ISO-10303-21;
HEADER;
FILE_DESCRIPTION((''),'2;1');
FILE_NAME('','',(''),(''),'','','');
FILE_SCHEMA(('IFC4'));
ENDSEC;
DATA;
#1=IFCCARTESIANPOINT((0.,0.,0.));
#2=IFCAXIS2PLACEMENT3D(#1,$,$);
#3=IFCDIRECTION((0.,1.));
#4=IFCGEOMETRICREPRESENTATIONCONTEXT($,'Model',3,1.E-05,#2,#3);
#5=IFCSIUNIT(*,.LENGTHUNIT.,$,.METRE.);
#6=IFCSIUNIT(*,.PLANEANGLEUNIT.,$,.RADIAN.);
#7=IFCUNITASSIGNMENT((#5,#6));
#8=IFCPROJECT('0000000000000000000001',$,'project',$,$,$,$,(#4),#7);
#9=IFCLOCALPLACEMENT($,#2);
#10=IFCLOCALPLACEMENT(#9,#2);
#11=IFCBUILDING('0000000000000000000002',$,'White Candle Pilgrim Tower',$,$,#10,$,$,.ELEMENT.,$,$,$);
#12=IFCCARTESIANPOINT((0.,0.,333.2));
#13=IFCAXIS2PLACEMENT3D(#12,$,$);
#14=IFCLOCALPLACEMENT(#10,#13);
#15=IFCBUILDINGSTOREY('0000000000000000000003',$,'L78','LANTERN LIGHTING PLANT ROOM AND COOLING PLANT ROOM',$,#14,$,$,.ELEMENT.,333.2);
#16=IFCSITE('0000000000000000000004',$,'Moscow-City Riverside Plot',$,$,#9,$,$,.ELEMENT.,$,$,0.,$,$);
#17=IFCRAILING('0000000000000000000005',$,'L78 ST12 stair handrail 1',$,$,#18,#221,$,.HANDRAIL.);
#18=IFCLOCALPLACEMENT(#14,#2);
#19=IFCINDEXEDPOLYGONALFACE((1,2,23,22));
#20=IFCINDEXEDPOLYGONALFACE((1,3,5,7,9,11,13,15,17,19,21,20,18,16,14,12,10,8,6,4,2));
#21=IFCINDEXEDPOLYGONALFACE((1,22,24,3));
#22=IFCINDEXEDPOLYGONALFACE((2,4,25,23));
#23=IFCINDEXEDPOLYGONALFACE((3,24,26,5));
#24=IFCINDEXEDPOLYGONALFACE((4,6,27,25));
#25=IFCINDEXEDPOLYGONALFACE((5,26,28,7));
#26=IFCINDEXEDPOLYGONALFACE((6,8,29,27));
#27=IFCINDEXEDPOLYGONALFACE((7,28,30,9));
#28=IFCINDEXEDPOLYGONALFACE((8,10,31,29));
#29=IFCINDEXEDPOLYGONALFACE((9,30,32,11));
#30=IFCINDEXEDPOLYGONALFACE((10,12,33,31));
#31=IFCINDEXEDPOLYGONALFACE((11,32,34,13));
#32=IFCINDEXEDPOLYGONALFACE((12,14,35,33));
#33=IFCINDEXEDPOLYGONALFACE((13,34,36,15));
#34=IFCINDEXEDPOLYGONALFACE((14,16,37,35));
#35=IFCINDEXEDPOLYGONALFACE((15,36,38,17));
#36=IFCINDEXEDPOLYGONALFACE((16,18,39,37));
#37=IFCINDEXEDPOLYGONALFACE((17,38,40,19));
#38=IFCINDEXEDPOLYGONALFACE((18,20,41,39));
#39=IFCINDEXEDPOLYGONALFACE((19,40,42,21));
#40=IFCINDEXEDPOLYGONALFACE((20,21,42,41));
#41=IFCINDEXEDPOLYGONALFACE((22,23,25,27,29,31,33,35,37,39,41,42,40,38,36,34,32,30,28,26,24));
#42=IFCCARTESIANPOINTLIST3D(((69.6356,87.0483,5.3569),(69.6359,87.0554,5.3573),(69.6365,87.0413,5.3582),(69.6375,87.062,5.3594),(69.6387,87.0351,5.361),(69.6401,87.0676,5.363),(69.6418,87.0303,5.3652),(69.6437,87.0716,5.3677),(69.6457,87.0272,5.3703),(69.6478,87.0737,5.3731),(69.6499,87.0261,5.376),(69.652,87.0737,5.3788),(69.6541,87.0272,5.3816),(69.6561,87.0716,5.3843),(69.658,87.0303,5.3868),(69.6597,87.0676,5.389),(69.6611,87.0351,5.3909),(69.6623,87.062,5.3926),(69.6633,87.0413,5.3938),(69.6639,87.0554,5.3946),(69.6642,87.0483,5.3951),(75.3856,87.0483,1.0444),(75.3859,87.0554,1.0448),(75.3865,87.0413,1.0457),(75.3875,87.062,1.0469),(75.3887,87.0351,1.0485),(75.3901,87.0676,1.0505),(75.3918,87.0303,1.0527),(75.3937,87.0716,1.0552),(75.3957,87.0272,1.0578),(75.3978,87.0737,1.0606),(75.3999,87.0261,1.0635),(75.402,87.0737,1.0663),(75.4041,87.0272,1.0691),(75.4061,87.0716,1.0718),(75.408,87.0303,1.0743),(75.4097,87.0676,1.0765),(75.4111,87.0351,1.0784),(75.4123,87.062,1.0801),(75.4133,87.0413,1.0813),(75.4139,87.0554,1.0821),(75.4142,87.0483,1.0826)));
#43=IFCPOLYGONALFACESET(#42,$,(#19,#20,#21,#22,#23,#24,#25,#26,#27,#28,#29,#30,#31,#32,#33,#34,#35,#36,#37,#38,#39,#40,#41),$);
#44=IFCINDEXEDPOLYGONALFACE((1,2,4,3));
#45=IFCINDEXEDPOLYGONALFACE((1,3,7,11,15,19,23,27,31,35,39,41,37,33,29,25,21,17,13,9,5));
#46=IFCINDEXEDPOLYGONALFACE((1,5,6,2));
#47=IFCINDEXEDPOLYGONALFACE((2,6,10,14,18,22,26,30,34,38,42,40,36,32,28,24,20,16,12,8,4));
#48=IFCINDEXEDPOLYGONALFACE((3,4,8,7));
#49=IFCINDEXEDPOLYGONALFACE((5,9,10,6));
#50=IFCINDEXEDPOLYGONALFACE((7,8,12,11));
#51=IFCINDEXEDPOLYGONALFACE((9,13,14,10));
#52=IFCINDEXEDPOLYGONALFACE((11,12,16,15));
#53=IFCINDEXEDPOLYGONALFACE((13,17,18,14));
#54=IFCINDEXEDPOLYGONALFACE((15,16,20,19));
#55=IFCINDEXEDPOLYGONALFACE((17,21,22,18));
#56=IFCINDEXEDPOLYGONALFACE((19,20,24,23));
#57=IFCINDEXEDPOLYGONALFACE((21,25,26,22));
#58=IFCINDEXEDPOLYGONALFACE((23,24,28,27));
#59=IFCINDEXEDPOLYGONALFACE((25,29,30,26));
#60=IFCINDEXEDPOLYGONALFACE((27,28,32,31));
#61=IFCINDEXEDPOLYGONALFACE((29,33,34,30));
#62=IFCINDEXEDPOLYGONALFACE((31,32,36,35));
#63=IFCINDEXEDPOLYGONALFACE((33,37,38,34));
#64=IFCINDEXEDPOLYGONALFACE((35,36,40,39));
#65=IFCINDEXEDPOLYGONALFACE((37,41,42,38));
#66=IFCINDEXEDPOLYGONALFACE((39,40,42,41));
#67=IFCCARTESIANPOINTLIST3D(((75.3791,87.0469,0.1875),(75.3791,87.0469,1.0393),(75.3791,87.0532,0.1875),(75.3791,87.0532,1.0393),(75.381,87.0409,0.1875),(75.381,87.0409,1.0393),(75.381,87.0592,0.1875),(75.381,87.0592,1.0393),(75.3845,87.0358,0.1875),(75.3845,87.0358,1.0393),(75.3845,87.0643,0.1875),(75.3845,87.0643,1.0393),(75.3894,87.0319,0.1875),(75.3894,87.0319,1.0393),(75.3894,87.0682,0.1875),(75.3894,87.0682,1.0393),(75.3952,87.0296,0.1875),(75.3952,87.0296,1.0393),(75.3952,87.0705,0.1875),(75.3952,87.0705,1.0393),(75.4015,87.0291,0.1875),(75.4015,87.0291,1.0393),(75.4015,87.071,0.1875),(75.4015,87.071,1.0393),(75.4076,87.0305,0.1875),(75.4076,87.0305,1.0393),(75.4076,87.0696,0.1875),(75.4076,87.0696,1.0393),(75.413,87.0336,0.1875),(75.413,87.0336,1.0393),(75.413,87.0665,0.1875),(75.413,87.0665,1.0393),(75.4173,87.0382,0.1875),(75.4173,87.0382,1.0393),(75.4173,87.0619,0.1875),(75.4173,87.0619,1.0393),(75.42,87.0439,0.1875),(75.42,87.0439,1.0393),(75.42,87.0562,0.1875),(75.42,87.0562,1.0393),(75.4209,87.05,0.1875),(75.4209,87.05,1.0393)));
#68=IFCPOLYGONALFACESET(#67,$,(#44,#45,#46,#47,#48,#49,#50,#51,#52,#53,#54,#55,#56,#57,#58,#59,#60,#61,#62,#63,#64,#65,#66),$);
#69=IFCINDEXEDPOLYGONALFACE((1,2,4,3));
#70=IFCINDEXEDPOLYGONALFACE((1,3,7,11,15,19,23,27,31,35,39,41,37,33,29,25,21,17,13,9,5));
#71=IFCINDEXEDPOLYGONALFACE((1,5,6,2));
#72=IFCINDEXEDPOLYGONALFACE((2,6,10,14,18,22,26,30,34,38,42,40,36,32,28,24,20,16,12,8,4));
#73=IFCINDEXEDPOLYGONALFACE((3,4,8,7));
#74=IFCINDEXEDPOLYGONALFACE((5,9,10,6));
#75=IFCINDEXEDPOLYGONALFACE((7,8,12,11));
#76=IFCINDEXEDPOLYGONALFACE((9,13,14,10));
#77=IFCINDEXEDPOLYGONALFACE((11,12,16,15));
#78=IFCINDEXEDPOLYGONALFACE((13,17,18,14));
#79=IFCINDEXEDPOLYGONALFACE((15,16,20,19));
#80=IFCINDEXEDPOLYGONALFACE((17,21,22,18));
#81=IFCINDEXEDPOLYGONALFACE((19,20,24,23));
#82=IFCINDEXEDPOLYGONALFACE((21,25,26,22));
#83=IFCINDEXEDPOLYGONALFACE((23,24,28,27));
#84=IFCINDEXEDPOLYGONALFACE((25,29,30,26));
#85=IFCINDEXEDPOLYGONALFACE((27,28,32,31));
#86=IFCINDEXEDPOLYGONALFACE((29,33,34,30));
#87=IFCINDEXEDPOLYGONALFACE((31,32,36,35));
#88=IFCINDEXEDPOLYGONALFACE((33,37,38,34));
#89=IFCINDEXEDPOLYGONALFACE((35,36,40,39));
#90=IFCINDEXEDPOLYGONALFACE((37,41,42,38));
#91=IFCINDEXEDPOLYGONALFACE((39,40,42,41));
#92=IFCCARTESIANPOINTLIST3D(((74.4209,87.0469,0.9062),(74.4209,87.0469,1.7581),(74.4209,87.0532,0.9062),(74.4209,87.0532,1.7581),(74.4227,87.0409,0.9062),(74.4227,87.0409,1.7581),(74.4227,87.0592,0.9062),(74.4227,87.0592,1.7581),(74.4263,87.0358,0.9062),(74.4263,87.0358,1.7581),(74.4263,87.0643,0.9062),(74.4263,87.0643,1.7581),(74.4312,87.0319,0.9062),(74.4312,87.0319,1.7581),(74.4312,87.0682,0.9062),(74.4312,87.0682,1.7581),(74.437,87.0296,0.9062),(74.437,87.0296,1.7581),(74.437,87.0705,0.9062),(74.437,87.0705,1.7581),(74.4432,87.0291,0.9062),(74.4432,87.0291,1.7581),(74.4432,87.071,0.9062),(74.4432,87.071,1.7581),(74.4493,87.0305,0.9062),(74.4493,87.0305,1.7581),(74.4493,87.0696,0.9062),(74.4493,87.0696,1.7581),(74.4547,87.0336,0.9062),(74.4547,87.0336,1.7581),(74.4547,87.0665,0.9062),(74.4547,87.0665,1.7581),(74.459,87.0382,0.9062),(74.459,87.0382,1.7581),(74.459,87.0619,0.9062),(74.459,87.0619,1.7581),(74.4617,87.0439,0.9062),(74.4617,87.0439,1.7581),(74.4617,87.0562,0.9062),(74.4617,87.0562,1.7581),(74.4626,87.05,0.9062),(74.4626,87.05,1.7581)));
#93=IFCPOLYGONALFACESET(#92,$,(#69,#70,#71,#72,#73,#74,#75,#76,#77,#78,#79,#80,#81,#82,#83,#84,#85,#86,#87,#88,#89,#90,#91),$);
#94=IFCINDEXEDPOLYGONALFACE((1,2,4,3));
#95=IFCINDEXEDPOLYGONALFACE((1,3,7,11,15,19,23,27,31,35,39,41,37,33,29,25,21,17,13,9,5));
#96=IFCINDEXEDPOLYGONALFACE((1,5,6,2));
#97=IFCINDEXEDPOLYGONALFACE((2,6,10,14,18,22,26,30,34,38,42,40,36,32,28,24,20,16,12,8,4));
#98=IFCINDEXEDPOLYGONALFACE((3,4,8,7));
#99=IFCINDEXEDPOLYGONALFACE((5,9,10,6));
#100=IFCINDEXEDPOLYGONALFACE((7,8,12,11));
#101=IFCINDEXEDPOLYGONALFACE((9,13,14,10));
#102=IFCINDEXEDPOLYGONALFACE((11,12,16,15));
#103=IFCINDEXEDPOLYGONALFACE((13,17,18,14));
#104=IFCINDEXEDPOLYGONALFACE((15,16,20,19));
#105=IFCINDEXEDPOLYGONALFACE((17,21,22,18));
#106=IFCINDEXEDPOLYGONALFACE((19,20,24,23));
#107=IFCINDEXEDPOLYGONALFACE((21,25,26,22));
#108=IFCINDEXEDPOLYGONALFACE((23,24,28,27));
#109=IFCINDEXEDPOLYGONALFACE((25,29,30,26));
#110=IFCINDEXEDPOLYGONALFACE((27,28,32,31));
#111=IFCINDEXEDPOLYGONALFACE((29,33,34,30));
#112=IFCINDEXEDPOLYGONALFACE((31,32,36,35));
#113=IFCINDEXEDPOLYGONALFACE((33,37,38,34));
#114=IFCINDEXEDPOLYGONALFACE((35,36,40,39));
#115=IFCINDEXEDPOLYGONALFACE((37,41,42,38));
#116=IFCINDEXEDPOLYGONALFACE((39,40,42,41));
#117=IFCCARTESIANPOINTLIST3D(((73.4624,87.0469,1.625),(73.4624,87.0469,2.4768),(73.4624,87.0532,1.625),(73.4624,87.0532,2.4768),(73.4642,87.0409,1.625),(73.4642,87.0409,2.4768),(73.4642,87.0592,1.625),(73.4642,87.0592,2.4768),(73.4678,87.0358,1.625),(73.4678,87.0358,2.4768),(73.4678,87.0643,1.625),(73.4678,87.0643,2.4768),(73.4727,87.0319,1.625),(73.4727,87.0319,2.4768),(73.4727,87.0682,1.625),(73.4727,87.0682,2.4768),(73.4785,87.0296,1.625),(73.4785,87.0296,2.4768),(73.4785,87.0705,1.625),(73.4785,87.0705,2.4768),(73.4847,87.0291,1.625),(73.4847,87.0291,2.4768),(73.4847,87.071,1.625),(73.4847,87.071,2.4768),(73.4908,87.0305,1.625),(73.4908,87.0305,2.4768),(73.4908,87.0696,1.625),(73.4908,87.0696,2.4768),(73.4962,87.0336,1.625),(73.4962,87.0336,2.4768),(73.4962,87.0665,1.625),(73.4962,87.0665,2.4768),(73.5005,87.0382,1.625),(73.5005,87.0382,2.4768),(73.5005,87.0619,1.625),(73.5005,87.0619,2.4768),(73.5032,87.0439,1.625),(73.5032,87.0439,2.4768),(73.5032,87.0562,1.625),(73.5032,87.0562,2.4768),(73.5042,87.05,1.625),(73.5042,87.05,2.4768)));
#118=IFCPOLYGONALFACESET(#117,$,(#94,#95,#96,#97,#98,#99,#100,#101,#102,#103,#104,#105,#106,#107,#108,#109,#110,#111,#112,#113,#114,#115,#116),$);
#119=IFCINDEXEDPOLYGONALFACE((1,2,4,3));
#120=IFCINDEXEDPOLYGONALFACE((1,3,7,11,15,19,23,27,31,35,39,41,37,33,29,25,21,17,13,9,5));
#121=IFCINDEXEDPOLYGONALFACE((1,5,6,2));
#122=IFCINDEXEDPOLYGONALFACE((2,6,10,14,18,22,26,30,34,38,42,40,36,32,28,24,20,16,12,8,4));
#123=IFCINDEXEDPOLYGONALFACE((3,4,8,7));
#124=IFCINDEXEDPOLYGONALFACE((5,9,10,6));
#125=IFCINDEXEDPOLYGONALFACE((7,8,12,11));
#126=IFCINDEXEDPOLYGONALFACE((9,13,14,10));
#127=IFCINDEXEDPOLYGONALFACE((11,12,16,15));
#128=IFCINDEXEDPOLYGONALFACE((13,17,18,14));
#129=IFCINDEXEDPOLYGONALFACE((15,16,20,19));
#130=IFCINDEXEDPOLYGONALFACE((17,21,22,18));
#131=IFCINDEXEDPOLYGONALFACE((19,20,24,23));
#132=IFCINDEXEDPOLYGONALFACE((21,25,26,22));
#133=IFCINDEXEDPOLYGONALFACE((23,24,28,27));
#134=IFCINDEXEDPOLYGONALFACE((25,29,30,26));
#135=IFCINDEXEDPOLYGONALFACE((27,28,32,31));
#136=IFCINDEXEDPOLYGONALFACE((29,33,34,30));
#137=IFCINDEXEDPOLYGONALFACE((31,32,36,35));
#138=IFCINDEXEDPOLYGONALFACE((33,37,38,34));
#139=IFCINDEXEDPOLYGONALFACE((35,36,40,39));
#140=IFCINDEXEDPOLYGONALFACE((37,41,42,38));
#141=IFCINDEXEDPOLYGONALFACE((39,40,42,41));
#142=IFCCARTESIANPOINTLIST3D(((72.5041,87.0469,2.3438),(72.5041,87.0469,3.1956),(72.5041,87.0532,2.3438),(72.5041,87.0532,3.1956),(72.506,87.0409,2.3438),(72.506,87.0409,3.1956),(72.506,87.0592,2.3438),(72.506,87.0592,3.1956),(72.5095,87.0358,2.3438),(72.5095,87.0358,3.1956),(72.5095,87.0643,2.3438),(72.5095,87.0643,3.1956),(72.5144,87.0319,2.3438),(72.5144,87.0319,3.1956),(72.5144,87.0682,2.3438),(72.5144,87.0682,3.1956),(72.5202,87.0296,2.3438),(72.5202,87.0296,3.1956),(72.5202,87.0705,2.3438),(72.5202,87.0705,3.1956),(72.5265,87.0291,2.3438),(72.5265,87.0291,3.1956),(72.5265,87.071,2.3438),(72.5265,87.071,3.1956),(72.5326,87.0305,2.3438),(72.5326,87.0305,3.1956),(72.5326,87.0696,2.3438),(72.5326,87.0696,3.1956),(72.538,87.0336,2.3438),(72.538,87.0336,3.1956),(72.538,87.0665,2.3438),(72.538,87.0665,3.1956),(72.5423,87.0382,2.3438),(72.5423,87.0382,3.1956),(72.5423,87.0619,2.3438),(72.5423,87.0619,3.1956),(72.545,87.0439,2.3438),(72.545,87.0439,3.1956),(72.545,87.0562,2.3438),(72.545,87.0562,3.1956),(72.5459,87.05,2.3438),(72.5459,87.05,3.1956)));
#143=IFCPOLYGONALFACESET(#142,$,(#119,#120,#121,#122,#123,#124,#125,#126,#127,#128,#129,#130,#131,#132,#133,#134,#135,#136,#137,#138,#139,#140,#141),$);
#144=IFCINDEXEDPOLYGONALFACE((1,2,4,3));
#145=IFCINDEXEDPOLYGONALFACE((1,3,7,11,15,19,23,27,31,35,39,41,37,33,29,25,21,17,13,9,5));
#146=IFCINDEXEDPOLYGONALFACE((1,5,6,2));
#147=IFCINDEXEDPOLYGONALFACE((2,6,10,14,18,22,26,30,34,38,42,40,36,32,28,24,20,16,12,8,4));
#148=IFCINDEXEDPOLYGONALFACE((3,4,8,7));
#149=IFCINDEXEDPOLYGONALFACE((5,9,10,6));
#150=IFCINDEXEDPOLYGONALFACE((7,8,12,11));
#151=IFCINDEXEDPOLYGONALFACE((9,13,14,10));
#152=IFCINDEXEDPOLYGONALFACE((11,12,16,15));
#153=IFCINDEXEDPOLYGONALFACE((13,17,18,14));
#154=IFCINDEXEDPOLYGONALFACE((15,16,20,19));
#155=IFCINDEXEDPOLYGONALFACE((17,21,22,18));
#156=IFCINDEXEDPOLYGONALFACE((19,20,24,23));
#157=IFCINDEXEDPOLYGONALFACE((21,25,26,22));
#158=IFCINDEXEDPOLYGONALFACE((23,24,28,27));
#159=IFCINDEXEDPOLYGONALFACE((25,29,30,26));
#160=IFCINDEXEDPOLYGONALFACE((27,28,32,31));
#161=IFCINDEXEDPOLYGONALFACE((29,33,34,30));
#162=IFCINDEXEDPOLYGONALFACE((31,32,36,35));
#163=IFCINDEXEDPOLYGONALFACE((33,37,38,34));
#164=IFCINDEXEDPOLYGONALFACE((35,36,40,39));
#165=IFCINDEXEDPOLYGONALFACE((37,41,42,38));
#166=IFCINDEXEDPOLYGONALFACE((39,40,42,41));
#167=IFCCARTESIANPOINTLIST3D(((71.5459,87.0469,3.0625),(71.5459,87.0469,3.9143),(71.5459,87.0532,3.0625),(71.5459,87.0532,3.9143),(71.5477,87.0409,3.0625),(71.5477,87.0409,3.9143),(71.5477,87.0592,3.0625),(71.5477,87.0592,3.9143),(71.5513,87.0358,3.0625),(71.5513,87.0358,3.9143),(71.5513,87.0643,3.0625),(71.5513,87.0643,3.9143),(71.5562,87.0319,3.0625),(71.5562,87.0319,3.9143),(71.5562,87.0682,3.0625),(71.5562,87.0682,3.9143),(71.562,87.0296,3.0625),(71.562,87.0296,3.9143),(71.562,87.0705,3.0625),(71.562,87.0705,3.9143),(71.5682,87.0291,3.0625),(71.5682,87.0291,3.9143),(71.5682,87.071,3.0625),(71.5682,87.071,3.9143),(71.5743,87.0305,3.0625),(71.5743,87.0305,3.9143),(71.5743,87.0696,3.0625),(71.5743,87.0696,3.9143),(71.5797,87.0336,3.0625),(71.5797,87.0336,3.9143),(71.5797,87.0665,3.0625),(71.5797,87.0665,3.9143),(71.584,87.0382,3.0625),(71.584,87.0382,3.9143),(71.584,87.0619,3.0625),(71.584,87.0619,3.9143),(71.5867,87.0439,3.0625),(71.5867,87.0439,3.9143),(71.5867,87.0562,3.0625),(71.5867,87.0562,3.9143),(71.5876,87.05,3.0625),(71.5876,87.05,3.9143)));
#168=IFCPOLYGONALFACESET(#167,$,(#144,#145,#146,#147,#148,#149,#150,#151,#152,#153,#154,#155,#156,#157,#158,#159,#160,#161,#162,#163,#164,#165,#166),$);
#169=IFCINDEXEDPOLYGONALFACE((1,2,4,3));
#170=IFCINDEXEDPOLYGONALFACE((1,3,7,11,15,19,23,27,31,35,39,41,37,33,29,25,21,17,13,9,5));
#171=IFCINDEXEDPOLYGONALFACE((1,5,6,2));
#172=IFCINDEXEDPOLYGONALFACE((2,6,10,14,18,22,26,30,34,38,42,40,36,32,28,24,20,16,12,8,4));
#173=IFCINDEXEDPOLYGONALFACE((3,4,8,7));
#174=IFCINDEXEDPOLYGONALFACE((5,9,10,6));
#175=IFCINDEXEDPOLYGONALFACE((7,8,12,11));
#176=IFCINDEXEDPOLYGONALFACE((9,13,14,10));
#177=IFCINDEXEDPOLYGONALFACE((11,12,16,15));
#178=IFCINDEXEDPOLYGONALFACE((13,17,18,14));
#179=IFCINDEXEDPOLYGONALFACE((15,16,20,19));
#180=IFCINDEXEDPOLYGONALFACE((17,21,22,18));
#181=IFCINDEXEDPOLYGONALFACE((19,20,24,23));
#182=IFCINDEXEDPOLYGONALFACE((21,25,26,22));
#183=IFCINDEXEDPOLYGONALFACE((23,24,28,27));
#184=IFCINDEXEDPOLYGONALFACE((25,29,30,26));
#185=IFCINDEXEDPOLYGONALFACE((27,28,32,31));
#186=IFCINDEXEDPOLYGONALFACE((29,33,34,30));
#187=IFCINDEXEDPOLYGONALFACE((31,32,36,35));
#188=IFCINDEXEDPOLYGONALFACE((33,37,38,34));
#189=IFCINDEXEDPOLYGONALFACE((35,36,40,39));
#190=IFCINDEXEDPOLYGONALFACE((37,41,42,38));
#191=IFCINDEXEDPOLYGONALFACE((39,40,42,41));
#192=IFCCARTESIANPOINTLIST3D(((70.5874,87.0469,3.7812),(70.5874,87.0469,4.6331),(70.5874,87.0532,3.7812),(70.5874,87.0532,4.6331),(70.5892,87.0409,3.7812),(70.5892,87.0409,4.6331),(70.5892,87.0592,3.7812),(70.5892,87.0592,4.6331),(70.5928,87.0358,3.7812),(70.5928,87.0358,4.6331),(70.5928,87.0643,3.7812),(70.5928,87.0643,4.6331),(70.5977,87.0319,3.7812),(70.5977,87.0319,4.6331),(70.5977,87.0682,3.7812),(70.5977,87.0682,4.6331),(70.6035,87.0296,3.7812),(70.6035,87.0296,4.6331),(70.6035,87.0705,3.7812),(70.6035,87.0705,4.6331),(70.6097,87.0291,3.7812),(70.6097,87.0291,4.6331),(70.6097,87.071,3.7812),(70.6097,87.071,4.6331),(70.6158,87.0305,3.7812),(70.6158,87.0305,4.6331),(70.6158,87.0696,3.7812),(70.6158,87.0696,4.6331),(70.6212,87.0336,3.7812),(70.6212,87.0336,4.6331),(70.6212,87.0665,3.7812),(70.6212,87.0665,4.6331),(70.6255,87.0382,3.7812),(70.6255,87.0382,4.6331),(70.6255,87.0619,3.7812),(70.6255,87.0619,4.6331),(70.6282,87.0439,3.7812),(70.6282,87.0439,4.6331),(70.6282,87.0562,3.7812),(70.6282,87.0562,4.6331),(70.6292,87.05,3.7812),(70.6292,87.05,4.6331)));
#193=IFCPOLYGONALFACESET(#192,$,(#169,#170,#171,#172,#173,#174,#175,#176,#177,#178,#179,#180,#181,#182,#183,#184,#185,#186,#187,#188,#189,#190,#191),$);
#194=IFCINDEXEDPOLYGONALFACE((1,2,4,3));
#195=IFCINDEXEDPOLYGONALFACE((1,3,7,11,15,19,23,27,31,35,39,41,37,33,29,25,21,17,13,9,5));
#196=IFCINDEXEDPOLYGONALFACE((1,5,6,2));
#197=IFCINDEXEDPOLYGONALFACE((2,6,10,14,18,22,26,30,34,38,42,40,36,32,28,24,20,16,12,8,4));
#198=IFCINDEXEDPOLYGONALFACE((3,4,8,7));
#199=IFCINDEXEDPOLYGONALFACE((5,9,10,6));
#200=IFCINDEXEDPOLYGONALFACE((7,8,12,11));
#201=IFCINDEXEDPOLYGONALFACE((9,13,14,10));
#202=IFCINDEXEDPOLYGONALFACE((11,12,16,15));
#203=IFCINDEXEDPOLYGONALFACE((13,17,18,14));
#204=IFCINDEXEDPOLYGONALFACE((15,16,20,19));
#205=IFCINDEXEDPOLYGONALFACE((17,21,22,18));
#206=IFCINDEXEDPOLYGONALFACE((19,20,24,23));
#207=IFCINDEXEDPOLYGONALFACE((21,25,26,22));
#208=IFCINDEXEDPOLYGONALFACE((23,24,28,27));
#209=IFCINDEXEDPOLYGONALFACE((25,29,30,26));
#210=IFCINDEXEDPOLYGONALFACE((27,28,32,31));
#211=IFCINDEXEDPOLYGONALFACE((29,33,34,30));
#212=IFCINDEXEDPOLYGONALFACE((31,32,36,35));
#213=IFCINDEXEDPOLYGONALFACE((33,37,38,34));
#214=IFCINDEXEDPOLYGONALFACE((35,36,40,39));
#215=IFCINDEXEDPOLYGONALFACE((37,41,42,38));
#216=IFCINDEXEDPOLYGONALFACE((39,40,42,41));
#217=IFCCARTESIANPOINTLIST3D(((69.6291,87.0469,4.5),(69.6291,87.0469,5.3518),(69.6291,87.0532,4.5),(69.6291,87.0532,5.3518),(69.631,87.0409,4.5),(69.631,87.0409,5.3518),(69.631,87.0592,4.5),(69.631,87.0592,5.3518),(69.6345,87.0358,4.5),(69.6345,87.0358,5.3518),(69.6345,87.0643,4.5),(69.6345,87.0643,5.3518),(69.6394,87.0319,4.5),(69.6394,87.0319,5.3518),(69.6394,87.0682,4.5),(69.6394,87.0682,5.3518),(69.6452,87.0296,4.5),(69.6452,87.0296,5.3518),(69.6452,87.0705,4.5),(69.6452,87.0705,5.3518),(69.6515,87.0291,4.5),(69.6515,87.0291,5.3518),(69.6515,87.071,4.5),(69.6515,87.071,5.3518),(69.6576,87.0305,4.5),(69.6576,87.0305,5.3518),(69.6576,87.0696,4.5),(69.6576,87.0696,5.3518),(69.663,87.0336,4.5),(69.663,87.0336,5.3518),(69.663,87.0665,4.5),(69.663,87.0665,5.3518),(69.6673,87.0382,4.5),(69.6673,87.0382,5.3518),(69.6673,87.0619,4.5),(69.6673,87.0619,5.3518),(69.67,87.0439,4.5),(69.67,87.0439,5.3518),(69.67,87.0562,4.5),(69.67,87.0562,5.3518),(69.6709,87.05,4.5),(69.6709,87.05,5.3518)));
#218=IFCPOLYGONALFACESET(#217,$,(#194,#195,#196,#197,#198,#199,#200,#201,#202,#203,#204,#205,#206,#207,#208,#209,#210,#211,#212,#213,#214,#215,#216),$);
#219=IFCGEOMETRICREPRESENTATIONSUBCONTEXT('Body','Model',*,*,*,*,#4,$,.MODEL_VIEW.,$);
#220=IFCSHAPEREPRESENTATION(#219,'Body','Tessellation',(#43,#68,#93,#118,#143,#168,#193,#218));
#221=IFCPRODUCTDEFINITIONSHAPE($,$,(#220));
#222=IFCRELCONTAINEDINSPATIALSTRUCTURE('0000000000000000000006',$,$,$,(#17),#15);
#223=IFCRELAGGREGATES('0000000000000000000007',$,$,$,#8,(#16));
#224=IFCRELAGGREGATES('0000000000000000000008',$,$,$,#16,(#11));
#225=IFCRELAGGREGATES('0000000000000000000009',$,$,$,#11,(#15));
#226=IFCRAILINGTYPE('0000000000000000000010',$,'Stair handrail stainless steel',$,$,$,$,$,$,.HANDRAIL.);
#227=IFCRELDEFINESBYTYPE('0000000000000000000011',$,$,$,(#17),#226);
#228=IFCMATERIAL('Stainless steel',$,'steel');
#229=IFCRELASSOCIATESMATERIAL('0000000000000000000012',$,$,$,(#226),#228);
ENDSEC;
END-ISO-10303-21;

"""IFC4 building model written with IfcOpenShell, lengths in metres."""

from ifc_helpers import new_model, si_unit, direction, frame, origin, origin_2d, place, context, subcontext, project, spatial, circle, extrude, material, type_object, element, save


model = new_model("IFC4")

# Units and contexts
model_context = context("Model", 3, precision=1e-05, world=origin(), true_north=direction((0.0, 1.0)))
body_context = subcontext(model_context, "Body", "Model", "MODEL_VIEW")
ifc_project = project(units=[si_unit("LENGTHUNIT", "METRE"), si_unit("PLANEANGLEUNIT", "RADIAN")], contexts=[model_context])

# Site, building, storey
site_placement = place(None, origin())
site = spatial("IfcSite", under=ifc_project, at=site_placement, Name="Moscow-City Riverside Plot", CompositionType="ELEMENT", RefElevation=0.0)
building_placement = place(site_placement, origin())
building = spatial("IfcBuilding", under=site, at=building_placement, Name="White Candle Pilgrim Tower", CompositionType="ELEMENT")
storey_placement = place(building_placement, frame((0.0, 0.0, 333.2)))
storey = spatial("IfcBuildingStorey", under=building, at=storey_placement, Name="L78", Description="LANTERN LIGHTING PLANT ROOM AND COOLING PLANT ROOM", CompositionType="ELEMENT", Elevation=333.2)

# Railing
ifc_material_1 = material(Name="Stainless steel", Category="steel")
railing_type = type_object("IfcRailingType", Name="Stair handrail stainless steel", PredefinedType="HANDRAIL", material=ifc_material_1)
railing_1_placement = place(storey_placement, frame((75.3999, 87.05, 0.1875)))
element("IfcRailing", 1, at=railing_1_placement, inside=storey, type_object=railing_type, Name="L78 ST12 stair handrail 1", PredefinedType="HANDRAIL", context=body_context, shape_type="SweptSolid", body=[
    extrude(circle(Radius=0.0239, at=origin_2d()), frame((0.0, 0.0, 0.876), z_axis=(-0.8, 0.0, 0.6), x_axis=(0.0, -1.0, 0.0)), (0.0, 0.0, 1.0), 7.1875),
    extrude(circle(Radius=0.021, at=origin_2d()), origin(), (0.0, 0.0, 1.0), 0.8518),
    extrude(circle(Radius=0.021, at=origin_2d()), frame((-0.9583, 0.0, 0.7188)), (0.0, 0.0, 1.0), 0.8518),
    extrude(circle(Radius=0.021, at=origin_2d()), frame((-1.9167, 0.0, 1.4375)), (0.0, 0.0, 1.0), 0.8518),
    extrude(circle(Radius=0.021, at=origin_2d()), frame((-2.875, 0.0, 2.1562)), (0.0, 0.0, 1.0), 0.8518),
    extrude(circle(Radius=0.021, at=origin_2d()), frame((-3.8333, 0.0, 2.875)), (0.0, 0.0, 1.0), 0.8518),
    extrude(circle(Radius=0.021, at=origin_2d()), frame((-4.7917, 0.0, 3.5938)), (0.0, 0.0, 1.0), 0.8518),
    extrude(circle(Radius=0.021, at=origin_2d()), frame((-5.75, 0.0, 4.3125)), (0.0, 0.0, 1.0), 0.8518),
])

save(model, "model.ifc")
